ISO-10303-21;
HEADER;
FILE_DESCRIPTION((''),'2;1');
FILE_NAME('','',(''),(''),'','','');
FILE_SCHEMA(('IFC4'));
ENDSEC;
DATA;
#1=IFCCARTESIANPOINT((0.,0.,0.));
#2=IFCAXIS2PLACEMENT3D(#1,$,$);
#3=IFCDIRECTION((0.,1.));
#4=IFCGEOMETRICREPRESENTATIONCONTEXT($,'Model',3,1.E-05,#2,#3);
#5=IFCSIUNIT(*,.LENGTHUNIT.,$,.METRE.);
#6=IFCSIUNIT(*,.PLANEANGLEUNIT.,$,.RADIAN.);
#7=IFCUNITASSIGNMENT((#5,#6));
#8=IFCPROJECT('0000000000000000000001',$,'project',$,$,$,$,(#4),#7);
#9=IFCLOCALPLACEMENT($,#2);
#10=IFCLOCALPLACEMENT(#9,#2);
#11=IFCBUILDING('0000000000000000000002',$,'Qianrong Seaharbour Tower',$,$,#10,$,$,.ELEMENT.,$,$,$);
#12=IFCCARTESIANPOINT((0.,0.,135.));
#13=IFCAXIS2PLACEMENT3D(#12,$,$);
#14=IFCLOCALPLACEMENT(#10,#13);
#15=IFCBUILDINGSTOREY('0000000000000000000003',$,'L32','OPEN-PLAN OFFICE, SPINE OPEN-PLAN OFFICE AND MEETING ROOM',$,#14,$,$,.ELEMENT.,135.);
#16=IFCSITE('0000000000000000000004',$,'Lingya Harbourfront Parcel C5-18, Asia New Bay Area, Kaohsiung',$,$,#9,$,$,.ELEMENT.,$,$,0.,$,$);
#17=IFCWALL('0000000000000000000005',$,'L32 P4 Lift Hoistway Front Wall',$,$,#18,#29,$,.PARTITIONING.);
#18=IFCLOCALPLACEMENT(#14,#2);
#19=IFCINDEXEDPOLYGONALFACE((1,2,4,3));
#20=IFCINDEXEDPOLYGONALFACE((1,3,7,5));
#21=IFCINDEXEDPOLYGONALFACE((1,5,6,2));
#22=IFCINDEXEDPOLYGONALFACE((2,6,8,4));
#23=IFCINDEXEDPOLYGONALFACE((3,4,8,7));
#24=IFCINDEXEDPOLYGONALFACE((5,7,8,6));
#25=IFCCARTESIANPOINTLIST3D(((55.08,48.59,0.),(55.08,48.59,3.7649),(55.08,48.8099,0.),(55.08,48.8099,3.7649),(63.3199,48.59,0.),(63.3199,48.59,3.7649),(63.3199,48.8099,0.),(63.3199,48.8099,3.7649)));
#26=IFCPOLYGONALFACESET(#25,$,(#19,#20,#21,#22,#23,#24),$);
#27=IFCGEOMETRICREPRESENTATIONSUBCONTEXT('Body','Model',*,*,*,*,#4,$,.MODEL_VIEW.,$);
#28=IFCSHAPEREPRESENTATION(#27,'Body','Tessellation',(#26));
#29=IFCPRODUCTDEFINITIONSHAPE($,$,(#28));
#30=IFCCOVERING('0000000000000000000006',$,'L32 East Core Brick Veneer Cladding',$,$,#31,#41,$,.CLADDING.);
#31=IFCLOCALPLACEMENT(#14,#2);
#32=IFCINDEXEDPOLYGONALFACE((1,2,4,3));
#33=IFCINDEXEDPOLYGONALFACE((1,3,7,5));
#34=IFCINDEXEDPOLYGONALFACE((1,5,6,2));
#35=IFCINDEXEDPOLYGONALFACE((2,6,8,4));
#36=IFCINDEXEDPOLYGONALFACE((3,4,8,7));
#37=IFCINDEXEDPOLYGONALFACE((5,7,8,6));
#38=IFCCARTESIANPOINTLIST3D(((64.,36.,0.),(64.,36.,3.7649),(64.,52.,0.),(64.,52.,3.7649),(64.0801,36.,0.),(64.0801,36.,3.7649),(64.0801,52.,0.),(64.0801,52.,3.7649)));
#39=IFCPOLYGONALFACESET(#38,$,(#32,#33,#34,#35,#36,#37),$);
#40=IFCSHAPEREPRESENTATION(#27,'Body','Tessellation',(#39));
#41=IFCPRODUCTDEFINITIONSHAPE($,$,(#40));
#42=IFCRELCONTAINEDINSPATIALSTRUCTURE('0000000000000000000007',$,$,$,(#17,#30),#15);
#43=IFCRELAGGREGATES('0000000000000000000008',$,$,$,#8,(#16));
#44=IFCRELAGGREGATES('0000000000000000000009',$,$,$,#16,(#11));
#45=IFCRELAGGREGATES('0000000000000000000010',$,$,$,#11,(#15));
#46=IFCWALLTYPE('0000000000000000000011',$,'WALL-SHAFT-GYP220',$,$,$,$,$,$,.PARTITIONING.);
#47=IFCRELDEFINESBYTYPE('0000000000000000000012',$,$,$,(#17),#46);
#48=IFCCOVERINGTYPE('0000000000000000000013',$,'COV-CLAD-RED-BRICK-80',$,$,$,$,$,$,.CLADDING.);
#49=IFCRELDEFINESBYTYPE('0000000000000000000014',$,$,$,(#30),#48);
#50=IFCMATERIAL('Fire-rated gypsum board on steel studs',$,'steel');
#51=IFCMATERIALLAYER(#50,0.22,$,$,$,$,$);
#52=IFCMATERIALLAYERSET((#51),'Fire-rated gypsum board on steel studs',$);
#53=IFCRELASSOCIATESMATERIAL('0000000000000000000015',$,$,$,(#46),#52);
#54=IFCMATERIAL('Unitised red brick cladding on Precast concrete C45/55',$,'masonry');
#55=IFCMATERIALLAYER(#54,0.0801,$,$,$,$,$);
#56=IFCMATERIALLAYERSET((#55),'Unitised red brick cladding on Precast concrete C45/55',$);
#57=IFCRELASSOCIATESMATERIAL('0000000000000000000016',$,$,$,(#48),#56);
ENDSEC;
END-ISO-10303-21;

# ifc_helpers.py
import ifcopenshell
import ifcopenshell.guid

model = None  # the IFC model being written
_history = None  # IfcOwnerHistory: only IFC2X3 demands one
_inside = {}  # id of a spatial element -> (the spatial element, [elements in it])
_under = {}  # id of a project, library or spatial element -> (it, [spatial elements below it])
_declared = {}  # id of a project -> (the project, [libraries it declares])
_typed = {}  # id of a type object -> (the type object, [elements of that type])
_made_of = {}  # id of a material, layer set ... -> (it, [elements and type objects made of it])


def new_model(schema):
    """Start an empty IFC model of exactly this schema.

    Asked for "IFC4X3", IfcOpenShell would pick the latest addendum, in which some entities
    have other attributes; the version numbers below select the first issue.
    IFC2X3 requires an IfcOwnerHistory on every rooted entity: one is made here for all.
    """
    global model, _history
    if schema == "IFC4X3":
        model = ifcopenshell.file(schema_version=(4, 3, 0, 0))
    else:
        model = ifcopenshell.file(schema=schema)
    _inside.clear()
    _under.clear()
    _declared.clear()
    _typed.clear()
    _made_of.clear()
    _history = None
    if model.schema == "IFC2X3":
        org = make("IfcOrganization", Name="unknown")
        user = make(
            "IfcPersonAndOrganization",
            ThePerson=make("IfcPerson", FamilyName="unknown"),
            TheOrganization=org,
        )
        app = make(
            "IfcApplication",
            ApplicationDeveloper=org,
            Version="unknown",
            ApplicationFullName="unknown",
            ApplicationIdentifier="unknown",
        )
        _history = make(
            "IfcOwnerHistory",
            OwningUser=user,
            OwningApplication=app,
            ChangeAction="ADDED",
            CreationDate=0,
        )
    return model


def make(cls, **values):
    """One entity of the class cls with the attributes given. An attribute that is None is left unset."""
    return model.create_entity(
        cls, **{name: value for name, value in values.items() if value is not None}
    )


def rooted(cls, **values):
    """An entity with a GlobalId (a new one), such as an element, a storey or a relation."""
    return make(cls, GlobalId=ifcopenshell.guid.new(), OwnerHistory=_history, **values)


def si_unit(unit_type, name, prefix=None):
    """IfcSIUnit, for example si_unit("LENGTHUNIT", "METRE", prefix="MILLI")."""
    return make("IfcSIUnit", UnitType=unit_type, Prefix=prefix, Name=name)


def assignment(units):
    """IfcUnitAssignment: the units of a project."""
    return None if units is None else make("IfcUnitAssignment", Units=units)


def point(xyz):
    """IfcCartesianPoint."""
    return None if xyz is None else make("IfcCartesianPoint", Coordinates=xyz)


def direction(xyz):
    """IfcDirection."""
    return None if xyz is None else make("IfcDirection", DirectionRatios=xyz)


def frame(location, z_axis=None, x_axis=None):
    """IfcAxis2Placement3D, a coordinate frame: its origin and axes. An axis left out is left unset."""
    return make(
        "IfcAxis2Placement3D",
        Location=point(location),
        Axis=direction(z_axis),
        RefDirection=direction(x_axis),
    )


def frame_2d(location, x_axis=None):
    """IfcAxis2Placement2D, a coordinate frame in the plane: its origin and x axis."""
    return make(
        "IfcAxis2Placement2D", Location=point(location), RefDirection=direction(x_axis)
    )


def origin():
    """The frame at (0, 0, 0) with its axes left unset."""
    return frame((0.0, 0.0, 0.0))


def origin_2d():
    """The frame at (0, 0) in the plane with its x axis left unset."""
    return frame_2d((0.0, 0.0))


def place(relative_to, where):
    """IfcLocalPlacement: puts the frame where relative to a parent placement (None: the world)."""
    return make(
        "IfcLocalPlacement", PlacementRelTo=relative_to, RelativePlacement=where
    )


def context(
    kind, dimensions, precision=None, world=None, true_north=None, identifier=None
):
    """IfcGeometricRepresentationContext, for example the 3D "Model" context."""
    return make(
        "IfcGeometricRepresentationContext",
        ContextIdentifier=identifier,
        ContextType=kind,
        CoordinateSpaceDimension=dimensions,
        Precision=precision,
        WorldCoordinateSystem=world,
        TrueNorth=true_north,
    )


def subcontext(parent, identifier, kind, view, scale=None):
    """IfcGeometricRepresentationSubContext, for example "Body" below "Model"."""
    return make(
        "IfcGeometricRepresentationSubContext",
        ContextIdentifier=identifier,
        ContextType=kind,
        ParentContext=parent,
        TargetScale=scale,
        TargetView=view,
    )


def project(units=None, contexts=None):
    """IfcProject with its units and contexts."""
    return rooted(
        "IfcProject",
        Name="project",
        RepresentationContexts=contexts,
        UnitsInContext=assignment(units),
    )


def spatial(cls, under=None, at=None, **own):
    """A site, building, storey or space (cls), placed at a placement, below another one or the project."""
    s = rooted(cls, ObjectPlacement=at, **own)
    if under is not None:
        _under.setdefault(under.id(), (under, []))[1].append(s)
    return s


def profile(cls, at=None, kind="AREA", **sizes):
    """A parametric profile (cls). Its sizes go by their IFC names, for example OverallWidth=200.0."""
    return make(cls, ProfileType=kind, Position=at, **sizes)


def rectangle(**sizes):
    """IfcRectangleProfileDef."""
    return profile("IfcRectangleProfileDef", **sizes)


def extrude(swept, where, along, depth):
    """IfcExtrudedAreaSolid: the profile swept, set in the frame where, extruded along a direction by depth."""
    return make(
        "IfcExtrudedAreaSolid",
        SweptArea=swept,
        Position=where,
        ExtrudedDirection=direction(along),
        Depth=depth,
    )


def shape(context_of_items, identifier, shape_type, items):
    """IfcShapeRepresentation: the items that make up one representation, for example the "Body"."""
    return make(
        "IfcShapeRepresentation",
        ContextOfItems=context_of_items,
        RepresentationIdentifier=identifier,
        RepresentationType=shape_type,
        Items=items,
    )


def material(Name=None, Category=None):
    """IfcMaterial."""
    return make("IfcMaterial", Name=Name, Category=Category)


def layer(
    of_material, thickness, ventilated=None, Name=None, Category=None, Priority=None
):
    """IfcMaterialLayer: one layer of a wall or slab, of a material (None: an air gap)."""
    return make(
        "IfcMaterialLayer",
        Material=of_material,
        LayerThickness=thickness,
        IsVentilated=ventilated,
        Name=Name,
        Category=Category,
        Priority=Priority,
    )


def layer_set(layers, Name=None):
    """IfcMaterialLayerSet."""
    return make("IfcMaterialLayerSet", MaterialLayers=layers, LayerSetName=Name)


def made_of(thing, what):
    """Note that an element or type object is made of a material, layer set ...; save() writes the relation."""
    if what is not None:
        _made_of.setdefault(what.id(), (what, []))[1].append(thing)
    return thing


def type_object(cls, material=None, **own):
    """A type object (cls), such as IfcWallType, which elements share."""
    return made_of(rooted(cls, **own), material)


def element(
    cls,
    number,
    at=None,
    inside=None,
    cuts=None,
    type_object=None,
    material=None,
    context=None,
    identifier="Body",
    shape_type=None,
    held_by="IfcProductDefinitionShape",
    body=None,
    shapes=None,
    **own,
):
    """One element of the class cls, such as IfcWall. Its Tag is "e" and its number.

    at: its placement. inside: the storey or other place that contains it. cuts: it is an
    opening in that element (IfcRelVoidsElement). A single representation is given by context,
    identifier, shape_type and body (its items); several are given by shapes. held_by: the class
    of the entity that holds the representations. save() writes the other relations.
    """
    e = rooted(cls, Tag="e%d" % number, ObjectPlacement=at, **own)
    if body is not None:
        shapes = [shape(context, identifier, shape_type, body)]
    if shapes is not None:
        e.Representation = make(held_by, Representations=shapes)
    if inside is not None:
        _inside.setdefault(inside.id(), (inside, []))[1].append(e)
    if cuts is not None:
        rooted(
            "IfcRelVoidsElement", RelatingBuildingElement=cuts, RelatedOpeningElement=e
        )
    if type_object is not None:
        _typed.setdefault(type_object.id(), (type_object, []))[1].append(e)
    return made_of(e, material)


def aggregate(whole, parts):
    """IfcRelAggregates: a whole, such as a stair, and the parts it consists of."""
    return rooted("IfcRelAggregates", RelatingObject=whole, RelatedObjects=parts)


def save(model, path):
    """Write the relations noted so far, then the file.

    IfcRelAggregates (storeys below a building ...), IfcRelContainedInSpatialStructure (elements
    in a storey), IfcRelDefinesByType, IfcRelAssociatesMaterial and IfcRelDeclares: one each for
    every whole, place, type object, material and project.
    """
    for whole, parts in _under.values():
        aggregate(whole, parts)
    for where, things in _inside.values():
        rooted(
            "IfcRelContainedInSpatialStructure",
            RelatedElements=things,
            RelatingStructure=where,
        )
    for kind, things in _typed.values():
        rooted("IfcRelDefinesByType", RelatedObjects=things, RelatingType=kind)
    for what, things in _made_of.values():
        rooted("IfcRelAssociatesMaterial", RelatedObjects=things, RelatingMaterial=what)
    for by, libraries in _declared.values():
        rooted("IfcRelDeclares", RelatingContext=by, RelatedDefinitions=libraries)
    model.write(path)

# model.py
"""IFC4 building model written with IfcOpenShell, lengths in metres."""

from ifc_helpers import new_model, si_unit, direction, frame, frame_2d, origin, origin_2d, place, context, subcontext, project, spatial, rectangle, extrude, material, layer, layer_set, type_object, element, save


model = new_model("IFC4")

# Units and contexts
model_context = context("Model", 3, precision=1e-05, world=origin(), true_north=direction((0.0, 1.0)))
body_context = subcontext(model_context, "Body", "Model", "MODEL_VIEW")
ifc_project = project(units=[si_unit("LENGTHUNIT", "METRE"), si_unit("PLANEANGLEUNIT", "RADIAN")], contexts=[model_context])

# Site, building, storey
site_placement = place(None, origin())
site = spatial("IfcSite", under=ifc_project, at=site_placement, Name="Lingya Harbourfront Parcel C5-18, Asia New Bay Area, Kaohsiung", CompositionType="ELEMENT", RefElevation=0.0)
building_placement = place(site_placement, origin())
building = spatial("IfcBuilding", under=site, at=building_placement, Name="Qianrong Seaharbour Tower", CompositionType="ELEMENT")
storey_placement = place(building_placement, frame((0.0, 0.0, 135.0)))
storey = spatial("IfcBuildingStorey", under=building, at=storey_placement, Name="L32", Description="OPEN-PLAN OFFICE, SPINE OPEN-PLAN OFFICE AND MEETING ROOM", CompositionType="ELEMENT", Elevation=135.0)

# Wall
ifc_material_1 = material(Name="Fire-rated gypsum board on steel studs", Category="steel")
ifc_layer_1 = layer(ifc_material_1, 0.22)
ifc_layer_set_1 = layer_set([ifc_layer_1], Name="Fire-rated gypsum board on steel studs")
wall_type_1 = type_object("IfcWallType", Name="WALL-SHAFT-GYP220", PredefinedType="PARTITIONING", material=ifc_layer_set_1)
for number, where, z_axis, x_axis, name in (
    (1, (63.3201, 48.7, 0.0), (0.0, 0.0, 1.0), (-1.0, 0.0, 0.0), "L32 P4 Lift Hoistway Front Wall"),
):
    element("IfcWall", number, at=place(storey_placement, frame(where, z_axis=z_axis, x_axis=x_axis)), inside=storey, type_object=wall_type_1, Name=name, PredefinedType="PARTITIONING", context=body_context, shape_type="SweptSolid", body=[
        extrude(rectangle(XDim=8.24, YDim=0.22, at=frame_2d((4.1201, 0.0))), origin(), (0.0, 0.0, 1.0), 3.7649),
    ])

# Covering
ifc_material_2 = material(Name="Unitised red brick cladding on Precast concrete C45/55", Category="masonry")
ifc_layer_2 = layer(ifc_material_2, 0.0801)
ifc_layer_set_2 = layer_set([ifc_layer_2], Name="Unitised red brick cladding on Precast concrete C45/55")
covering_type = type_object("IfcCoveringType", Name="COV-CLAD-RED-BRICK-80", PredefinedType="CLADDING", material=ifc_layer_set_2)
covering_placement = place(storey_placement, frame((64.04, 44.0, 0.0), z_axis=(0.0, 0.0, 1.0), x_axis=(1.0, 0.0, 0.0)))
element("IfcCovering", 2, at=covering_placement, inside=storey, type_object=covering_type, Name="L32 East Core Brick Veneer Cladding", PredefinedType="CLADDING", context=body_context, shape_type="SweptSolid", body=[
    extrude(rectangle(XDim=0.0801, YDim=16.0, at=origin_2d()), origin(), (0.0, 0.0, 1.0), 3.7649),
])

save(model, "model.ifc")
